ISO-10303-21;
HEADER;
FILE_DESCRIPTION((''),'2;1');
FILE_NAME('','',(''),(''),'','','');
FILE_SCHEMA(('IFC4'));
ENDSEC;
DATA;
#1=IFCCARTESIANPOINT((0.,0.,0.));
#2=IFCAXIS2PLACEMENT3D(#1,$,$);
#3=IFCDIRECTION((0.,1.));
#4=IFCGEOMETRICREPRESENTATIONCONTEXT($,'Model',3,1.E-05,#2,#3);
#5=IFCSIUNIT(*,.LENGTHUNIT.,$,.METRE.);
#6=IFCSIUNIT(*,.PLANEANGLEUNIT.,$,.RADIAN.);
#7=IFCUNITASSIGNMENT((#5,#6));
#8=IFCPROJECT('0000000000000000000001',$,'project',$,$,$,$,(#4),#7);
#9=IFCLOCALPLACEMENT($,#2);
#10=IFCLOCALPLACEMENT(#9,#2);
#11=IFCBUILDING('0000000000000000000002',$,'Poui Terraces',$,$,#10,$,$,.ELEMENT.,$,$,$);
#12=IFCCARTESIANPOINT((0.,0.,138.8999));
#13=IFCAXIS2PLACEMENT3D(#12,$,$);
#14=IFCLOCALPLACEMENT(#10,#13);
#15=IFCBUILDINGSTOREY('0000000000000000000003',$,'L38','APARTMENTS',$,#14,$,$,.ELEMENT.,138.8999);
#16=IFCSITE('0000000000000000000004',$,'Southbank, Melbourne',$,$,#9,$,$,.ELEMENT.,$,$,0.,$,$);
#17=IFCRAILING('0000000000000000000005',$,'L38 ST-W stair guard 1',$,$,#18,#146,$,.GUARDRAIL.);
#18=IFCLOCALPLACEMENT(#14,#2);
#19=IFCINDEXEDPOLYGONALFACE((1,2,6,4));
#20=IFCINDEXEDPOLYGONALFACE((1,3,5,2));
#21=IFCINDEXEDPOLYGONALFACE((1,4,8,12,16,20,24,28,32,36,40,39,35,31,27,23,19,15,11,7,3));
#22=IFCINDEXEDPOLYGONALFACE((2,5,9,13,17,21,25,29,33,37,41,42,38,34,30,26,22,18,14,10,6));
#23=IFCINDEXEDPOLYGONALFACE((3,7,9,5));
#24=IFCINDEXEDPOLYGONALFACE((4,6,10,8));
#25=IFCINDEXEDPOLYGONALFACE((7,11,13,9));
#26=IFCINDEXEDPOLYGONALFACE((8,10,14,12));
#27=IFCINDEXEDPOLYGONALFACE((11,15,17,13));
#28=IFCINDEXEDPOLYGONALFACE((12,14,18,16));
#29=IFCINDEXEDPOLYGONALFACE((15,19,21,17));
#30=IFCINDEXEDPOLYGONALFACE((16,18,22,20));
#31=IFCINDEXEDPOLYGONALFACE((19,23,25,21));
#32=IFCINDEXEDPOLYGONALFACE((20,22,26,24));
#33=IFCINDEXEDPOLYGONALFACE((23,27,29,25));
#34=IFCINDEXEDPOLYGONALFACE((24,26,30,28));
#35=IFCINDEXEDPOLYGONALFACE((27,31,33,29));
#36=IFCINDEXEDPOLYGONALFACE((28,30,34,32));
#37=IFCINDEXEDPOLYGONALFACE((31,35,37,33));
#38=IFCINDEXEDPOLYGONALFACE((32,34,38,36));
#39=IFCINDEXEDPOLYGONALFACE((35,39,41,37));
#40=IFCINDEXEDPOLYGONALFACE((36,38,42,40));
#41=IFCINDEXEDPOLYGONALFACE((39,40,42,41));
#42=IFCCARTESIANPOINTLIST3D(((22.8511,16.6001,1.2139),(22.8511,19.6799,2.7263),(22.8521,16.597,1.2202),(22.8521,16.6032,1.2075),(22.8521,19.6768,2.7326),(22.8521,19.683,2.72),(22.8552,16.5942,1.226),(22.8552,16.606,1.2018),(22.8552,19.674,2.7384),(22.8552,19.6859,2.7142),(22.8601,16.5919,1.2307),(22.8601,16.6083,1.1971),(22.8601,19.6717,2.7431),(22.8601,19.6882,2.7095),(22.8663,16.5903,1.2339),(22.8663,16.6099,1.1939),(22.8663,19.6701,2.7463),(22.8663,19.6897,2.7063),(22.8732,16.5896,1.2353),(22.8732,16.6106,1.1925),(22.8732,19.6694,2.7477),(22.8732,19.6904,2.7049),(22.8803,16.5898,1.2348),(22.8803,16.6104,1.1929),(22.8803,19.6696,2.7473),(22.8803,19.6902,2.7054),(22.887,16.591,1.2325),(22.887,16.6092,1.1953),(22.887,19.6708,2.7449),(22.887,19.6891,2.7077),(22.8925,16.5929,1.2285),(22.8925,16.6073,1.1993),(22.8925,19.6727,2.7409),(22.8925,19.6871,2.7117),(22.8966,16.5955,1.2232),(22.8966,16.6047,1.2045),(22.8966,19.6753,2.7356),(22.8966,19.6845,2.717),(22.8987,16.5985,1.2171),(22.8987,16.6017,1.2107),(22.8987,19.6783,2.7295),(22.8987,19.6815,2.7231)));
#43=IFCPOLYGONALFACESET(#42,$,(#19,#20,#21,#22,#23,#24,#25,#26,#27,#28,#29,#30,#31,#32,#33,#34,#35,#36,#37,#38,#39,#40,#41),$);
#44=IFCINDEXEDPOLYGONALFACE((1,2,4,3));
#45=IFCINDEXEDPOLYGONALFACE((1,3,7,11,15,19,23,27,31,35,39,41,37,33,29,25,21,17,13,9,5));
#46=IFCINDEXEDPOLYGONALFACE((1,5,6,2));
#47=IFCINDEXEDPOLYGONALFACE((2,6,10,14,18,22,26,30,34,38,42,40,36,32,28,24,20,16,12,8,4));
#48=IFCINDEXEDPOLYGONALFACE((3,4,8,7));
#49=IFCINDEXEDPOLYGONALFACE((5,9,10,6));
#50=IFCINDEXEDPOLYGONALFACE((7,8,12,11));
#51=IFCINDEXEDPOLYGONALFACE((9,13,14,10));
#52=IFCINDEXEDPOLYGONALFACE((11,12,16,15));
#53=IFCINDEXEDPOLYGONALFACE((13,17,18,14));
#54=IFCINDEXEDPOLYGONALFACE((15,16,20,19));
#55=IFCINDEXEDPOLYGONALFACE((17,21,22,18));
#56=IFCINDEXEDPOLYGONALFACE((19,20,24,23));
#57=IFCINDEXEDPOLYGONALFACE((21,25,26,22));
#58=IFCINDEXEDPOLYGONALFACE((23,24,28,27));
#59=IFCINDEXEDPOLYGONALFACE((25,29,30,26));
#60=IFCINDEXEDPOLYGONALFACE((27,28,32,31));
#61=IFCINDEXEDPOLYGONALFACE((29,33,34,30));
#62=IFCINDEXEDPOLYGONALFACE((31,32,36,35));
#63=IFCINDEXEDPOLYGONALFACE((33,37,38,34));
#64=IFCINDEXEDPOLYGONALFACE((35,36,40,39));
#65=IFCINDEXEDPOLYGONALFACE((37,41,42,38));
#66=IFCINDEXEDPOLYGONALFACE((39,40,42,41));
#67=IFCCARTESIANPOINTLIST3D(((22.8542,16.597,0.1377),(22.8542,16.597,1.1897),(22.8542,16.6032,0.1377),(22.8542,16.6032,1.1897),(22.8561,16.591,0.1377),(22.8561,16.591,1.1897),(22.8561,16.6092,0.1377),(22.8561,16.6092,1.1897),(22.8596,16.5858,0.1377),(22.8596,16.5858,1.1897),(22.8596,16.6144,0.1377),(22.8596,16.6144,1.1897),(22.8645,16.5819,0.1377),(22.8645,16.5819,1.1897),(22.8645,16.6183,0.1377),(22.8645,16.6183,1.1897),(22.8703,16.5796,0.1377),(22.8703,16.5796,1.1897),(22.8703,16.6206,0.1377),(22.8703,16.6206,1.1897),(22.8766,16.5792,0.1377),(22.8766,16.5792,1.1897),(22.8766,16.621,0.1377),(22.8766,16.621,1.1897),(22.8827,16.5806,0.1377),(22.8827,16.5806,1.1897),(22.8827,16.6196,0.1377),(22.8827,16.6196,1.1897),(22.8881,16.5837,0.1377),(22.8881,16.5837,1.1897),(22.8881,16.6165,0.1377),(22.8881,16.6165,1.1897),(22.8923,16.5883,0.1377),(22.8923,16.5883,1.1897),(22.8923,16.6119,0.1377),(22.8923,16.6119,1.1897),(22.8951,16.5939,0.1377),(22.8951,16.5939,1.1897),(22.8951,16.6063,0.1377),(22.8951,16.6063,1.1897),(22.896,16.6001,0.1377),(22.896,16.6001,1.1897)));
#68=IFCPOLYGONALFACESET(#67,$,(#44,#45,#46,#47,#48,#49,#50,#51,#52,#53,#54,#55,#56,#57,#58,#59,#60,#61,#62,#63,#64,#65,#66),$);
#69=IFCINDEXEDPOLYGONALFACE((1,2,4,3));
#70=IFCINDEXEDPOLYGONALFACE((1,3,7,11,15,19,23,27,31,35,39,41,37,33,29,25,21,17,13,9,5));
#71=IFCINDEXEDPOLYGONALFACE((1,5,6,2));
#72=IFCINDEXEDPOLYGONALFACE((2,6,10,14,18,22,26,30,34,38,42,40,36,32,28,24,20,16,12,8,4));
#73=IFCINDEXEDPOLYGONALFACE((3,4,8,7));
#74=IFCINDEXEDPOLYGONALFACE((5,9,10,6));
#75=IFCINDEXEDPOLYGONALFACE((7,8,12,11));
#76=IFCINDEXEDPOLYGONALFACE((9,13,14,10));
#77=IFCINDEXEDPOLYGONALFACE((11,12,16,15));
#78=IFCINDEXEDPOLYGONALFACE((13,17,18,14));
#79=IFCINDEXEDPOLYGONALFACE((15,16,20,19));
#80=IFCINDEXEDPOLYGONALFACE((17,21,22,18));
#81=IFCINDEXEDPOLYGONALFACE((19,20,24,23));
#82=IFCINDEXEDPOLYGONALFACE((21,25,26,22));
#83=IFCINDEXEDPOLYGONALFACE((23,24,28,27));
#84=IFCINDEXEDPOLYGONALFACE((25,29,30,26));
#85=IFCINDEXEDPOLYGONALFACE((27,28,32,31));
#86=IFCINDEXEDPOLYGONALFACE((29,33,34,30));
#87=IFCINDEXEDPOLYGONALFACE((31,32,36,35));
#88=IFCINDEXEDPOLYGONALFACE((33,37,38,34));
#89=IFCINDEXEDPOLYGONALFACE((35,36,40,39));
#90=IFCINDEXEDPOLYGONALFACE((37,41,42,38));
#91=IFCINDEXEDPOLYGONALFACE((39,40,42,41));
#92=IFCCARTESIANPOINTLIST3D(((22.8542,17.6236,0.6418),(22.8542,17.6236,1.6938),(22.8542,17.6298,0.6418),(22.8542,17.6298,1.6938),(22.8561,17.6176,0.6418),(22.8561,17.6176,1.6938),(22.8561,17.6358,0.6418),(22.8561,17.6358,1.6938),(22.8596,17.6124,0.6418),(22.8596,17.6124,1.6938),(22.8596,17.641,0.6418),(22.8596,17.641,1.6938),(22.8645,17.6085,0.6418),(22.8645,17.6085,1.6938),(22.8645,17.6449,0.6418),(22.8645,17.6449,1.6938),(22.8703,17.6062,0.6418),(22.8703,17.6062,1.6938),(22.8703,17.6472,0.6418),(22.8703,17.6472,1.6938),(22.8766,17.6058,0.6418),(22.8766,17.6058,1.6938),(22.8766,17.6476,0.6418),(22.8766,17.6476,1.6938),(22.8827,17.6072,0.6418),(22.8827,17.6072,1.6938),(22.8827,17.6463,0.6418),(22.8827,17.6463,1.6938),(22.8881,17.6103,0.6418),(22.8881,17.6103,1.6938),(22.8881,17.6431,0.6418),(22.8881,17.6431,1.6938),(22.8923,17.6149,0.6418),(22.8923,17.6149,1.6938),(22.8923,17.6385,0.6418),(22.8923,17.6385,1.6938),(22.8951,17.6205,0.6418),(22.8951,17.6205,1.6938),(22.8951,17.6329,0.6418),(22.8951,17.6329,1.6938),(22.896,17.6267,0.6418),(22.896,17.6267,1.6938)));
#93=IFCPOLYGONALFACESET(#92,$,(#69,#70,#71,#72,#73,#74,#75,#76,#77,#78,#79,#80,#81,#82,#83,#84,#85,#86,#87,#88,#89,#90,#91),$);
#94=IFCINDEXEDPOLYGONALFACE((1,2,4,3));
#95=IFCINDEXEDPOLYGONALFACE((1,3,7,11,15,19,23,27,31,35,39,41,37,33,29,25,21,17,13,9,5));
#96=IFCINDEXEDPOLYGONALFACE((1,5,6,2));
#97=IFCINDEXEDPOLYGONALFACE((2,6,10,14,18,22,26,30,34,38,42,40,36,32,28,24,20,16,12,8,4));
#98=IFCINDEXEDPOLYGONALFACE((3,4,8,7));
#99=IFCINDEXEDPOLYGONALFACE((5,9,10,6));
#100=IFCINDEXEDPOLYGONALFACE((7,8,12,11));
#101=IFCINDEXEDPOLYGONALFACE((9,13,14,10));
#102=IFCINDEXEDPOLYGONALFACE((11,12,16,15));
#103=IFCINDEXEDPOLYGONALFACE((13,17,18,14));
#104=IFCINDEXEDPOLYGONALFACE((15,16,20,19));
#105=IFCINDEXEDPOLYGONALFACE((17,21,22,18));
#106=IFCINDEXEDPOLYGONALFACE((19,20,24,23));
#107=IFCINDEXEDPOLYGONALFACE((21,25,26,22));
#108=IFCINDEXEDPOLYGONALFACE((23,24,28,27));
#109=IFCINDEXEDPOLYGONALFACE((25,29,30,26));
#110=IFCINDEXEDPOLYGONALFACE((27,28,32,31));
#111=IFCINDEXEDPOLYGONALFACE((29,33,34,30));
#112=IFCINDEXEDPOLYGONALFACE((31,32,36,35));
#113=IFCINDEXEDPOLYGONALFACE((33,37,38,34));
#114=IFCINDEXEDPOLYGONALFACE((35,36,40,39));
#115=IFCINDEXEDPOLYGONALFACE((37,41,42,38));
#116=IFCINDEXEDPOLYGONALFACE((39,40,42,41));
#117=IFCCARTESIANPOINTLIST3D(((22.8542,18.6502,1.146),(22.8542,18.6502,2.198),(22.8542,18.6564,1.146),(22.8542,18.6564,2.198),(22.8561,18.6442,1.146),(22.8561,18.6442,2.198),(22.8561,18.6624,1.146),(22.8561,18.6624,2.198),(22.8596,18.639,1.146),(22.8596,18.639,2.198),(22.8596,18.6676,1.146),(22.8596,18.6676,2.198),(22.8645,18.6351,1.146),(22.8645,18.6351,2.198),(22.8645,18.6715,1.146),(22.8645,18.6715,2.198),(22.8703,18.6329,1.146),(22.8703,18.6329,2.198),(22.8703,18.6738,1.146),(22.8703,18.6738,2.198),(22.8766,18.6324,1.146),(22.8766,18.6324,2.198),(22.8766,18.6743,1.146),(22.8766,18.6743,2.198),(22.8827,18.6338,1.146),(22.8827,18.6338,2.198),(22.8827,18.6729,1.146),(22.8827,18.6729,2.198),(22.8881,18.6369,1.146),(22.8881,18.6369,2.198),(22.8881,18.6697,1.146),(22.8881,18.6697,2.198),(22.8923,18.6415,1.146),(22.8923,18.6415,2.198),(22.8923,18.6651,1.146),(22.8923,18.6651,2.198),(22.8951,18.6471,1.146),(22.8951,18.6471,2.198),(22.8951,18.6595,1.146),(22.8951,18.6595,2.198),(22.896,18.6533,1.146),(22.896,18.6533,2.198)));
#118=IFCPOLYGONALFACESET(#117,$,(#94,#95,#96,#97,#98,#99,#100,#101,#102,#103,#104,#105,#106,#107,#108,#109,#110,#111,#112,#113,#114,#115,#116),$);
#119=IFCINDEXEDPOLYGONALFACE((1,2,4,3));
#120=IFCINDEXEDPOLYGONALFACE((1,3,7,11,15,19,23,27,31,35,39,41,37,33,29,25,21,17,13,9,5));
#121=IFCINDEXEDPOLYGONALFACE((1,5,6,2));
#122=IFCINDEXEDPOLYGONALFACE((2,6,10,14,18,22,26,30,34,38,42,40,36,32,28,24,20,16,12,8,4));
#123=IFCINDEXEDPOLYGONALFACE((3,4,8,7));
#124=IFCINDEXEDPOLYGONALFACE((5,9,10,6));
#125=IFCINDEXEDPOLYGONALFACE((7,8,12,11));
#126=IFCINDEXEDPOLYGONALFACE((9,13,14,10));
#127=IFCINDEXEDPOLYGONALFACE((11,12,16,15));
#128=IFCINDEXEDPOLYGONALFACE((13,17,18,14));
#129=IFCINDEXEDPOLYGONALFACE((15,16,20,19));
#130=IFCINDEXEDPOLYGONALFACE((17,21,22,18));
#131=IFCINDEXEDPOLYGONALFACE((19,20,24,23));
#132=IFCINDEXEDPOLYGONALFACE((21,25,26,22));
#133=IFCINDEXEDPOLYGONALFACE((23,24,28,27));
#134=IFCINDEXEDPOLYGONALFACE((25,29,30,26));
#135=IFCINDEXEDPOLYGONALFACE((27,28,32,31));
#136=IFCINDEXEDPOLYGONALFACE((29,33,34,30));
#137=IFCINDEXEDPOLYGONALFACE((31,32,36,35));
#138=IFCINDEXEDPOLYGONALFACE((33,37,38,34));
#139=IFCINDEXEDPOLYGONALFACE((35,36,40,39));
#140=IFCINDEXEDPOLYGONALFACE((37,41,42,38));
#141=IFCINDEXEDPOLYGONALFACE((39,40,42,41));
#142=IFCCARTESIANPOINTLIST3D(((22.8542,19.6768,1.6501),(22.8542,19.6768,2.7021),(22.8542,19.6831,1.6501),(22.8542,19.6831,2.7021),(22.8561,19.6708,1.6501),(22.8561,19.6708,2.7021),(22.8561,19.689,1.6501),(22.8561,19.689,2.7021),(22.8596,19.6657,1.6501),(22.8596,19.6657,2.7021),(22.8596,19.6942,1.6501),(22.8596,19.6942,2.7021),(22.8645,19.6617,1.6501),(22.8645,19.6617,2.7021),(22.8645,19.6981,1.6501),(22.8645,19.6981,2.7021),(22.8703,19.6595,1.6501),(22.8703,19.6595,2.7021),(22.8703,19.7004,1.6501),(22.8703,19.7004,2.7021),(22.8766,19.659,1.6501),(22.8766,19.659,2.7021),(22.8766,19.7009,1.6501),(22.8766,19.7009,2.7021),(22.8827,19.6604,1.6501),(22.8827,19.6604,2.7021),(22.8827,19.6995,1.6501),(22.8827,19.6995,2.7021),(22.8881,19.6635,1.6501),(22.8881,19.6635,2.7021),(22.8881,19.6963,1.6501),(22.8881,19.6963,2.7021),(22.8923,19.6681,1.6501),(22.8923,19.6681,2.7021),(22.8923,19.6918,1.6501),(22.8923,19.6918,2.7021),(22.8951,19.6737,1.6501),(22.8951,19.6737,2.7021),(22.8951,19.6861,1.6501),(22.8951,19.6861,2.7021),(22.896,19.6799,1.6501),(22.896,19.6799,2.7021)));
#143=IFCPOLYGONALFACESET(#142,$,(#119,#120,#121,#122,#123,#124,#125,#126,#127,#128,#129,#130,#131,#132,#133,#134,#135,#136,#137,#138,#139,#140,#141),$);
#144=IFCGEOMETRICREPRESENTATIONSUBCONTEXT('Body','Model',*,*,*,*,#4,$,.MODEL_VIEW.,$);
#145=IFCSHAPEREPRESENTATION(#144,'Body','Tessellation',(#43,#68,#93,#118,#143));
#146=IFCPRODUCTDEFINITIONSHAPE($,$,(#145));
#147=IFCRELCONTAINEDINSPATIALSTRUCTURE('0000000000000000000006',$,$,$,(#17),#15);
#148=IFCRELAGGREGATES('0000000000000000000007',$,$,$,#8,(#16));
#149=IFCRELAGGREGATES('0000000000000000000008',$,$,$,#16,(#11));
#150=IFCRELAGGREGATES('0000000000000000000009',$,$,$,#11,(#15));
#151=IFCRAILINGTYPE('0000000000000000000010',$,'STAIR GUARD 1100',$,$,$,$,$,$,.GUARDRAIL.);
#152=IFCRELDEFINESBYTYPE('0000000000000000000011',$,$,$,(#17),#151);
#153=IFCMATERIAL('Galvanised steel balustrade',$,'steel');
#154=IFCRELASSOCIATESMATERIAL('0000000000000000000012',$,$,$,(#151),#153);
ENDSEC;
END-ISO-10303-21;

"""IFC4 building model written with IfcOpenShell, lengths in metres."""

from ifc_helpers import new_model, si_unit, direction, frame, origin, origin_2d, place, context, subcontext, project, spatial, circle, extrude, material, type_object, element, save


model = new_model("IFC4")

# Units and contexts
model_context = context("Model", 3, precision=1e-05, world=origin(), true_north=direction((0.0, 1.0)))
body_context = subcontext(model_context, "Body", "Model", "MODEL_VIEW")
ifc_project = project(units=[si_unit("LENGTHUNIT", "METRE"), si_unit("PLANEANGLEUNIT", "RADIAN")], contexts=[model_context])

# Site, building, storey
site_placement = place(None, origin())
site = spatial("IfcSite", under=ifc_project, at=site_placement, Name="Southbank, Melbourne", CompositionType="ELEMENT", RefElevation=0.0)
building_placement = place(site_placement, origin())
building = spatial("IfcBuilding", under=site, at=building_placement, Name="Poui Terraces", CompositionType="ELEMENT")
storey_placement = place(building_placement, frame((0.0, 0.0, 138.8999)))
storey = spatial("IfcBuildingStorey", under=building, at=storey_placement, Name="L38", Description="APARTMENTS", CompositionType="ELEMENT", Elevation=138.8999)

# Railing
ifc_material_1 = material(Name="Galvanised steel balustrade", Category="steel")
railing_type_1 = type_object("IfcRailingType", Name="STAIR GUARD 1100", PredefinedType="GUARDRAIL", material=ifc_material_1)
railing_1_placement = place(storey_placement, frame((22.875, 16.6001, 0.1377)))
element("IfcRailing", 1, at=railing_1_placement, inside=storey, type_object=railing_type_1, Name="L38 ST-W stair guard 1", PredefinedType="GUARDRAIL", context=body_context, shape_type="SweptSolid", body=[
    extrude(circle(Radius=0.0239, at=origin_2d()), frame((0.0, 0.0, 1.0762), z_axis=(0.0, 0.897606, 0.440798), x_axis=(-1.0, 0.0, 0.0)), (0.0, 0.0, 1.0), 3.4312),
    extrude(circle(Radius=0.021, at=origin_2d()), origin(), (0.0, 0.0, 1.0), 1.052),
    extrude(circle(Radius=0.021, at=origin_2d()), frame((0.0, 1.0266, 0.5042)), (0.0, 0.0, 1.0), 1.052),
    extrude(circle(Radius=0.021, at=origin_2d()), frame((0.0, 2.0532, 1.0083)), (0.0, 0.0, 1.0), 1.052),
    extrude(circle(Radius=0.021, at=origin_2d()), frame((0.0, 3.0798, 1.5125)), (0.0, 0.0, 1.0), 1.052),
])

save(model, "model.ifc")
